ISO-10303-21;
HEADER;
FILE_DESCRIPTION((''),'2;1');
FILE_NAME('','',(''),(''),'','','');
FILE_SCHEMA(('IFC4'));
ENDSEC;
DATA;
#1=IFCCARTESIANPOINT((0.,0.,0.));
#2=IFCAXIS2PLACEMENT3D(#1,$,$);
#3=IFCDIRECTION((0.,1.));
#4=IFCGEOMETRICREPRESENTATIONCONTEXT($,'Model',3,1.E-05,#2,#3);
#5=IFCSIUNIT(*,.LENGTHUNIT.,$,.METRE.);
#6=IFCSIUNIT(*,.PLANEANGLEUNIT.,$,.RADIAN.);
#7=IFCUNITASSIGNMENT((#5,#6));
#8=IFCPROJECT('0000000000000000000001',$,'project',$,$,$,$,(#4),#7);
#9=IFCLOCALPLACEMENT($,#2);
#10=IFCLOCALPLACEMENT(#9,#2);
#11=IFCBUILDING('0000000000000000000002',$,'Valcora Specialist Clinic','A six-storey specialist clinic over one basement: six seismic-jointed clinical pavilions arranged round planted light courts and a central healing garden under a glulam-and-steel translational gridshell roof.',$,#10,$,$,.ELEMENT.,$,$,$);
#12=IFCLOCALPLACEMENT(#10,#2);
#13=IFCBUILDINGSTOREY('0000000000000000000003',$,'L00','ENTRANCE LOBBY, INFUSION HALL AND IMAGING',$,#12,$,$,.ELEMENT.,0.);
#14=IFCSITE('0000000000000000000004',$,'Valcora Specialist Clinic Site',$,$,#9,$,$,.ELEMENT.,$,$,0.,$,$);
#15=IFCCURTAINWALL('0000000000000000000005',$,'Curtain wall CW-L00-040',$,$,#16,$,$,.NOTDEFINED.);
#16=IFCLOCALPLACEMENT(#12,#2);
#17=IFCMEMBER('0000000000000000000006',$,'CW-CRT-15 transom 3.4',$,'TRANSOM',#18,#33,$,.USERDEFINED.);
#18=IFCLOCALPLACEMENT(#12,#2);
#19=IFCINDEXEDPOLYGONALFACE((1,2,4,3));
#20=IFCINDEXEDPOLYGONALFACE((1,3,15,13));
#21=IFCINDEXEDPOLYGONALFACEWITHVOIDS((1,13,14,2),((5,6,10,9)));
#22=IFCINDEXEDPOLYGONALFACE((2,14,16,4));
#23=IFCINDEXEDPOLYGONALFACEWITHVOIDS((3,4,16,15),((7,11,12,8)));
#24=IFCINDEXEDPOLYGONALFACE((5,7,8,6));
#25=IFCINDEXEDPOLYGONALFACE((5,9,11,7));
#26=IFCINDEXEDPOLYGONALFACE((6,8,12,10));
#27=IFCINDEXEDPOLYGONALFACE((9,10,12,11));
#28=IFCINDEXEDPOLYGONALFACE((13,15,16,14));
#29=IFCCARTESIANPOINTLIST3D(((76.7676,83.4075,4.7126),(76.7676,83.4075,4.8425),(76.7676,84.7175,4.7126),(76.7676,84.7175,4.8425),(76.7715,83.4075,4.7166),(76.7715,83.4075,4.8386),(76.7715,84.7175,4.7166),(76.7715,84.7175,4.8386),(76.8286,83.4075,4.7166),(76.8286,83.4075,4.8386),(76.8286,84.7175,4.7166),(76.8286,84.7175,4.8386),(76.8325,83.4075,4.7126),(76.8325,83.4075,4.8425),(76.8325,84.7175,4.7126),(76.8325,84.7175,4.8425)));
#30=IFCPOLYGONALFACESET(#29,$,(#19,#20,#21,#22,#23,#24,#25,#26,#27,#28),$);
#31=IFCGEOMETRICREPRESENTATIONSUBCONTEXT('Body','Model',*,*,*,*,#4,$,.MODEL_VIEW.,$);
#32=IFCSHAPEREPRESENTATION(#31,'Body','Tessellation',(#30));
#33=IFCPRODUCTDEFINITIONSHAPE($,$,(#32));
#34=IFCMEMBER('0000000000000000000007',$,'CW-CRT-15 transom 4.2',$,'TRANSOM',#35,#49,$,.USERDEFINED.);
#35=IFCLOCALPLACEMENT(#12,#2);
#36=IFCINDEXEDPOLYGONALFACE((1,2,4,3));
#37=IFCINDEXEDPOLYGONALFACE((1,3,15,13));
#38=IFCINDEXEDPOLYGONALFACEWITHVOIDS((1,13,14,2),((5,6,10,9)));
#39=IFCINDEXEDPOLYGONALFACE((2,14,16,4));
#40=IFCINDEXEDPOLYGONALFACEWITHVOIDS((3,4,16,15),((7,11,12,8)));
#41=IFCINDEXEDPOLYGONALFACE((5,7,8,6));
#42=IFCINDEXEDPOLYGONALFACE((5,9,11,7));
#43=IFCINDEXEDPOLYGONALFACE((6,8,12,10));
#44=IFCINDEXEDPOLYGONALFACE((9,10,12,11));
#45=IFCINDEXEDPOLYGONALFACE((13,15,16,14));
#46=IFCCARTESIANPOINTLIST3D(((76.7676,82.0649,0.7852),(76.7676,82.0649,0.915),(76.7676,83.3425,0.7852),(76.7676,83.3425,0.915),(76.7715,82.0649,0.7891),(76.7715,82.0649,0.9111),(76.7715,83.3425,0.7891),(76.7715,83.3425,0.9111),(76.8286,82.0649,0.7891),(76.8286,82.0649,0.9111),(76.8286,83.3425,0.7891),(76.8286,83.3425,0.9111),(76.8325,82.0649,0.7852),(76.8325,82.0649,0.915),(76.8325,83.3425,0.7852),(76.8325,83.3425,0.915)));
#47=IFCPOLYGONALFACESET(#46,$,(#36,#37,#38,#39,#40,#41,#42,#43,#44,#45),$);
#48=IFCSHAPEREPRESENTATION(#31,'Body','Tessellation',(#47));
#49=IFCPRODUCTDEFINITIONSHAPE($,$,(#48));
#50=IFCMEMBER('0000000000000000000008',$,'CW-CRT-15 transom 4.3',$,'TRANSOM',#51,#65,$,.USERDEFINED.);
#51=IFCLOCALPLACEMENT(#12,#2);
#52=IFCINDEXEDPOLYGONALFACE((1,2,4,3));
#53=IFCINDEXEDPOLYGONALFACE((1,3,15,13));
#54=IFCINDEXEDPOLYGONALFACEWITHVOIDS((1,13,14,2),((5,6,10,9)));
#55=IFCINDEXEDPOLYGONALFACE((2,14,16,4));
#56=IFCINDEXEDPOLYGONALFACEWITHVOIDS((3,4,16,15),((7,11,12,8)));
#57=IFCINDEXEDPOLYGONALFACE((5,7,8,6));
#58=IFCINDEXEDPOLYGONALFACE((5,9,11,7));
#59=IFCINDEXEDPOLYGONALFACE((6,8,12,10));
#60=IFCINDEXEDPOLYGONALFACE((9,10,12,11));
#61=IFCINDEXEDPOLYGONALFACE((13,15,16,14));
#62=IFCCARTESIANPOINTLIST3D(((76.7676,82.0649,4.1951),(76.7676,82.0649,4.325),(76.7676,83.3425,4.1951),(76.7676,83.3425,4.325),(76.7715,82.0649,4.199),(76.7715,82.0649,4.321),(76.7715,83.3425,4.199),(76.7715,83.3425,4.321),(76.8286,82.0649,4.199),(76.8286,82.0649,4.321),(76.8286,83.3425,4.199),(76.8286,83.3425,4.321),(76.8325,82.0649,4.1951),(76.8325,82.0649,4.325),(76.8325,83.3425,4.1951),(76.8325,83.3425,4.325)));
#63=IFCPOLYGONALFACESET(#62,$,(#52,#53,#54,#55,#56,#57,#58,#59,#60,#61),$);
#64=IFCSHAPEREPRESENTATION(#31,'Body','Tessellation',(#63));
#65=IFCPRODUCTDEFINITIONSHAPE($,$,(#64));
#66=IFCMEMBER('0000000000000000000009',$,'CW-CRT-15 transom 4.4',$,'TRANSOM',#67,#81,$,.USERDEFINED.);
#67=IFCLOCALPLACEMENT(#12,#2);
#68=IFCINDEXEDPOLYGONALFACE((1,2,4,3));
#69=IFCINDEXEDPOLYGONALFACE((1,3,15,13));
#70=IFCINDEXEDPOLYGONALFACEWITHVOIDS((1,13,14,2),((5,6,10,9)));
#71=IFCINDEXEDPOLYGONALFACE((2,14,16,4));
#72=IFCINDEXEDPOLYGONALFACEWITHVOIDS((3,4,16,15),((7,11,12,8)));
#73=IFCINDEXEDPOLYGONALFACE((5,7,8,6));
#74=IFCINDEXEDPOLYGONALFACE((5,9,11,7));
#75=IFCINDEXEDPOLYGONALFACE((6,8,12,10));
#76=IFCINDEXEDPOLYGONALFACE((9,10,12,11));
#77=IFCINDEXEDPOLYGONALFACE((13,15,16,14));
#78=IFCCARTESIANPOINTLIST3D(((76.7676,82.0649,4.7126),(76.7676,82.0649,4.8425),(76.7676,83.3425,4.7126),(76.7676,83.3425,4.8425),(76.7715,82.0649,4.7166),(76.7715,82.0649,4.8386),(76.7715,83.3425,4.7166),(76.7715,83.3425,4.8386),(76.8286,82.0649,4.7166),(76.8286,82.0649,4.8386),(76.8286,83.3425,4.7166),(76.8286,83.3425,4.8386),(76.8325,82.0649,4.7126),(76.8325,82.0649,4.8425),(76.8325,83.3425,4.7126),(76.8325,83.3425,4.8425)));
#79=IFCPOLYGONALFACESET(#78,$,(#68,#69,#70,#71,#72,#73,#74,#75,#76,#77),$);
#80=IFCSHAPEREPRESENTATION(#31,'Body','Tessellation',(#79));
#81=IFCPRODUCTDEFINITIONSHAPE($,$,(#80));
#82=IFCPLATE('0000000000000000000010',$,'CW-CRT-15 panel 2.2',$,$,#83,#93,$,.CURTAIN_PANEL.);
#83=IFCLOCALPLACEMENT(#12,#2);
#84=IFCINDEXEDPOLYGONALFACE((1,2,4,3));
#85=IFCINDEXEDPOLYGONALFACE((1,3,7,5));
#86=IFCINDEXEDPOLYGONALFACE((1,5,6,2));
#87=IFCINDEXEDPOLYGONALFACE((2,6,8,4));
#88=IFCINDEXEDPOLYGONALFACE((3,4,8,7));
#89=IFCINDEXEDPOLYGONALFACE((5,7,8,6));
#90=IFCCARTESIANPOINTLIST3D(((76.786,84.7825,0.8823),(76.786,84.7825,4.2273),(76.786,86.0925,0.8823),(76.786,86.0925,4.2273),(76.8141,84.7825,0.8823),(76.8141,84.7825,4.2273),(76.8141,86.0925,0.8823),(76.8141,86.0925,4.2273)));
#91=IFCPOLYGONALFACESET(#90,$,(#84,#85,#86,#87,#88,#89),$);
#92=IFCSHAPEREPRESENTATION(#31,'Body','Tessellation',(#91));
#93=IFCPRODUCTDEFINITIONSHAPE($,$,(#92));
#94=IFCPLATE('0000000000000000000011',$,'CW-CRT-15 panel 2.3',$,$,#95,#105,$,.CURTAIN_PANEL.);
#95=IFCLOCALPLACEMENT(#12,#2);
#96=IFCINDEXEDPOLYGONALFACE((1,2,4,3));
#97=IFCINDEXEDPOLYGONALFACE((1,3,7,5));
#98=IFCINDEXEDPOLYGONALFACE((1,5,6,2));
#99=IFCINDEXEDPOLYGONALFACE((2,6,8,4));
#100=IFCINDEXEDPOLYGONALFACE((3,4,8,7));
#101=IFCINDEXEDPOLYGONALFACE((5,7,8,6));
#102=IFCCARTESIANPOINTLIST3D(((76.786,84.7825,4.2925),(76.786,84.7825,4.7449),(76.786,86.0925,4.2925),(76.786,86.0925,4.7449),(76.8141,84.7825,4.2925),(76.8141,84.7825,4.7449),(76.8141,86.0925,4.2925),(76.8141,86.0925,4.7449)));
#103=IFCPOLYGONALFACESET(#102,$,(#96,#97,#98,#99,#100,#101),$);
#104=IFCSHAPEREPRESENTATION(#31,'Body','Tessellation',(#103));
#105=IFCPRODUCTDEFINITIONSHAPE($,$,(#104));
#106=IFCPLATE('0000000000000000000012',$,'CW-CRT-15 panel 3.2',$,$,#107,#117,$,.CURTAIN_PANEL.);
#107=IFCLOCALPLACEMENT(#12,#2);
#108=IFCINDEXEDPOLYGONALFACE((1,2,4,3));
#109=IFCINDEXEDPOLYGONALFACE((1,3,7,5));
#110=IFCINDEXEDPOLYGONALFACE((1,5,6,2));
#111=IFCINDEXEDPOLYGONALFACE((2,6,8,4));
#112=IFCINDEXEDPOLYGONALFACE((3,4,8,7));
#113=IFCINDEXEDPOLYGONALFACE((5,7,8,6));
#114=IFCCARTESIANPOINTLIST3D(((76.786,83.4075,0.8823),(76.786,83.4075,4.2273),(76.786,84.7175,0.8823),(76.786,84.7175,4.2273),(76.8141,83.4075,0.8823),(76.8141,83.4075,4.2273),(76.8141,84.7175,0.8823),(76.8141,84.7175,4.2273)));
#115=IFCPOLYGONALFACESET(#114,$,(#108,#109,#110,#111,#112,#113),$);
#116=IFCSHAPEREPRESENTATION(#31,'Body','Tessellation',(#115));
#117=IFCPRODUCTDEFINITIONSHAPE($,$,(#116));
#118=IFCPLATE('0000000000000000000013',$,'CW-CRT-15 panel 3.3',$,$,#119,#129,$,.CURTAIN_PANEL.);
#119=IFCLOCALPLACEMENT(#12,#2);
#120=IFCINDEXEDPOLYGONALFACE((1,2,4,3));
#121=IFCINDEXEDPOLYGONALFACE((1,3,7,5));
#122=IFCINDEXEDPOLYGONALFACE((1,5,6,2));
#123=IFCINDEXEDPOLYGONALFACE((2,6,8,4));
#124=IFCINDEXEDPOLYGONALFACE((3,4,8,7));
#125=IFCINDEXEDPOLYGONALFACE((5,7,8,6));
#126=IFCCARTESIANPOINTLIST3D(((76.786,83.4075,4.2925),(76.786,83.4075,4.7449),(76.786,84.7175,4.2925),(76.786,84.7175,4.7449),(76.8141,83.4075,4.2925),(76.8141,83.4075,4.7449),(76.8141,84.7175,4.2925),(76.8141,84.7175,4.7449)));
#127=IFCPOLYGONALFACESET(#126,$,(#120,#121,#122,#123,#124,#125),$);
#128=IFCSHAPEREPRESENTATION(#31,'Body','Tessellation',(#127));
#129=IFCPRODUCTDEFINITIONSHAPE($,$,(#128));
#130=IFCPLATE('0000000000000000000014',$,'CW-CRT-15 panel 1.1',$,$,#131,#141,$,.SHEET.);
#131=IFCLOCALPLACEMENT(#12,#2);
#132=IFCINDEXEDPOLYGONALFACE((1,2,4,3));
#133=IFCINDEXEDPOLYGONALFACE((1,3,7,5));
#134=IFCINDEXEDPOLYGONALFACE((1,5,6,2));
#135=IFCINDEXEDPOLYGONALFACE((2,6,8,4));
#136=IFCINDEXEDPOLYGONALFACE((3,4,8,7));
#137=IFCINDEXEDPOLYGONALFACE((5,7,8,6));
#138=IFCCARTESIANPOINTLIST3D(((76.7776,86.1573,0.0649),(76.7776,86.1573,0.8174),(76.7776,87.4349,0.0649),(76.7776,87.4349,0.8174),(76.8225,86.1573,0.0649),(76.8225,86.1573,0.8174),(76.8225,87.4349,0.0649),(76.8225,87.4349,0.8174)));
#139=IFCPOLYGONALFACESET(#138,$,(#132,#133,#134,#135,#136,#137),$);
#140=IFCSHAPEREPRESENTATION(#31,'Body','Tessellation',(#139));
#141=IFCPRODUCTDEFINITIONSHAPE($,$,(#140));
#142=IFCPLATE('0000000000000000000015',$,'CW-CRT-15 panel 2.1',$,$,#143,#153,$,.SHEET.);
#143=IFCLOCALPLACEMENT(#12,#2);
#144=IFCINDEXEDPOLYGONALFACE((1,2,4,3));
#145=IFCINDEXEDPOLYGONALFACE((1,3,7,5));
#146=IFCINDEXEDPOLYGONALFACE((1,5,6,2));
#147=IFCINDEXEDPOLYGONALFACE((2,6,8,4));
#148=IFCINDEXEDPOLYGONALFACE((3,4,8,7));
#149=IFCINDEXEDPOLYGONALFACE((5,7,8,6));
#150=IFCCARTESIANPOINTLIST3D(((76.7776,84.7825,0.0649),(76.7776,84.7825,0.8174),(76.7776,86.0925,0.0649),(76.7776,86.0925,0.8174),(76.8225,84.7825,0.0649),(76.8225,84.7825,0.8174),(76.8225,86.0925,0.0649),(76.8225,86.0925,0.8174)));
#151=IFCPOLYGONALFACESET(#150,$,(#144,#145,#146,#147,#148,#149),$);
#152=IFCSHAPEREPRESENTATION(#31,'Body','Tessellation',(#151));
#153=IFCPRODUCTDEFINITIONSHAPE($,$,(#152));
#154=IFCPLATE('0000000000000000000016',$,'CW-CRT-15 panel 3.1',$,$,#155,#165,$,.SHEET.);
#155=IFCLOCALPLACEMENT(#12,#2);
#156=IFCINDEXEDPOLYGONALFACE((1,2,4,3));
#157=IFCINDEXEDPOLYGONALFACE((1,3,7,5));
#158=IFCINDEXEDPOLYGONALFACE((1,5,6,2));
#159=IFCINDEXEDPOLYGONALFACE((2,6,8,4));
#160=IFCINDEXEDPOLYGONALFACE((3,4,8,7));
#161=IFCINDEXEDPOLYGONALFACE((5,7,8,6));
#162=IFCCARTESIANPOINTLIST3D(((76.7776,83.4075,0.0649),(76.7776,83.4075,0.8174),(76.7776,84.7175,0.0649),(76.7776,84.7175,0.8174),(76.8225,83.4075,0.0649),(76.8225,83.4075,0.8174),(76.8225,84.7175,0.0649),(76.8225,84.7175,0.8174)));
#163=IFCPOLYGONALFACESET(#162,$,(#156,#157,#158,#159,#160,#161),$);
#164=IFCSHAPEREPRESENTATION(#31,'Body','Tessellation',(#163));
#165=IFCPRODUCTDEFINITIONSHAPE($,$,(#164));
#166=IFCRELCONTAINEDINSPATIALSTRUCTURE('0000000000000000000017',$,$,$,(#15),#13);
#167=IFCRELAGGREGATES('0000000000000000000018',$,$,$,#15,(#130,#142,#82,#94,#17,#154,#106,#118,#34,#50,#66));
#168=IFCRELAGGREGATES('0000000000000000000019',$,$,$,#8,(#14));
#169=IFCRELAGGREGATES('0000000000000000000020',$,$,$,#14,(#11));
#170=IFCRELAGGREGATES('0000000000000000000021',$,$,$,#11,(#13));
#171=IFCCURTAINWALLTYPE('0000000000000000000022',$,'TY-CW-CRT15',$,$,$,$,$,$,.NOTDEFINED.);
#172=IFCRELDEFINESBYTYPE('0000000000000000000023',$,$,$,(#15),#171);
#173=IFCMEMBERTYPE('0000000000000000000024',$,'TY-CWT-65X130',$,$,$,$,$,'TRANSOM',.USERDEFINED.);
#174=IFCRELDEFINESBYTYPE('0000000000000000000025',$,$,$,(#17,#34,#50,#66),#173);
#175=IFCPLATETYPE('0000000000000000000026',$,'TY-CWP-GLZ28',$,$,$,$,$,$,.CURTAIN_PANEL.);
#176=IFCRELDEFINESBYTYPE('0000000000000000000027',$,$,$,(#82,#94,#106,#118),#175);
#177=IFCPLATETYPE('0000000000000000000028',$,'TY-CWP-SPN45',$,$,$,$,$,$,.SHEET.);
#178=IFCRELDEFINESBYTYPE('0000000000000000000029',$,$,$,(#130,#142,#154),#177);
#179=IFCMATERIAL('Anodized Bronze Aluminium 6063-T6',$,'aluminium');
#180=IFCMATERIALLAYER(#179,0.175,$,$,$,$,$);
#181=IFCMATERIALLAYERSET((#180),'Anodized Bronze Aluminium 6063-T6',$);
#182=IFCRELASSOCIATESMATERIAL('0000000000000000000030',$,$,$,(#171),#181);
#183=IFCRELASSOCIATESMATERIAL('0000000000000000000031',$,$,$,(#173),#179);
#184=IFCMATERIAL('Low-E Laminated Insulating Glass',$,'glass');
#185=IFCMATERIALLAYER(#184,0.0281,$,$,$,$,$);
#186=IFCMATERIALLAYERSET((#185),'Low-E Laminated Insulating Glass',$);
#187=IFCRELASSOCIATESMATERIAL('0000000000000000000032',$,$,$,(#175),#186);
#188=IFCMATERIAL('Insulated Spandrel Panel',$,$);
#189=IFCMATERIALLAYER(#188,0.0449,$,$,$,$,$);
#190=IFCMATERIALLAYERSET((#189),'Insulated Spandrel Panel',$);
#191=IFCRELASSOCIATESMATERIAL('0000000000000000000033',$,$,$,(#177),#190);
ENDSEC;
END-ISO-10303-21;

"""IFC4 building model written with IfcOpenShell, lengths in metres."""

from ifc_helpers import new_model, si_unit, direction, frame, origin, origin_2d, place, context, subcontext, project, spatial, rectangle, hollow_rectangle, extrude, material, layer, layer_set, material_profile, profile_set, type_object, element, aggregate, save


model = new_model("IFC4")

# Units and contexts
model_context = context("Model", 3, precision=1e-05, world=origin(), true_north=direction((0.0, 1.0)))
body_context = subcontext(model_context, "Body", "Model", "MODEL_VIEW")
ifc_project = project(units=[si_unit("LENGTHUNIT", "METRE"), si_unit("PLANEANGLEUNIT", "RADIAN")], contexts=[model_context])

# Site, building, storey
site_placement = place(None, origin())
site = spatial("IfcSite", under=ifc_project, at=site_placement, Name="Valcora Specialist Clinic Site", CompositionType="ELEMENT", RefElevation=0.0)
building_placement = place(site_placement, origin())
building = spatial("IfcBuilding", under=site, at=building_placement, Name="Valcora Specialist Clinic", Description="A six-storey specialist clinic over one basement: six seismic-jointed clinical pavilions arranged round planted light courts and a central healing garden under a glulam-and-steel translational gridshell roof.", CompositionType="ELEMENT")
storey_placement = place(building_placement, origin())
storey = spatial("IfcBuildingStorey", under=building, at=storey_placement, Name="L00", Description="ENTRANCE LOBBY, INFUSION HALL AND IMAGING", CompositionType="ELEMENT", Elevation=0.0)

# Shared definitions
ifc_material_1 = material(Name="Anodized Bronze Aluminium 6063-T6", Category="aluminium")
ifc_layer_1 = layer(ifc_material_1, 0.175)
ifc_layer_set_1 = layer_set([ifc_layer_1], Name="Anodized Bronze Aluminium 6063-T6")
curtain_wall_type = type_object("IfcCurtainWallType", Name="TY-CW-CRT15", PredefinedType="NOTDEFINED", material=ifc_layer_set_1)

# Curtain wall, members, plates
curtain_wall_1_placement = place(storey_placement, origin())
curtain_wall_1 = element("IfcCurtainWall", 1, at=curtain_wall_1_placement, inside=storey, type_object=curtain_wall_type, Name="Curtain wall CW-L00-040", PredefinedType="NOTDEFINED")
ifc_material_profile_1 = material_profile(ifc_material_1, hollow_rectangle(XDim=0.0649, YDim=0.1299, WallThickness=0.0039, at=origin_2d()), Name="AL-TRN-65X130")
ifc_profile_set_1 = profile_set([ifc_material_profile_1], Name="Anodized Bronze Aluminium 6063-T6")
member_type_1 = type_object("IfcMemberType", Name="TY-CWT-65X130", ElementType="TRANSOM", PredefinedType="USERDEFINED", material=ifc_profile_set_1)
member_1_placement = place(storey_placement, frame((76.8, 84.7175, 4.7776), z_axis=(0.0, -1.0, 0.0), x_axis=(1.0, 0.0, 0.0)))
member_1 = element("IfcMember", 2, at=member_1_placement, type_object=member_type_1, Name="CW-CRT-15 transom 3.4", ObjectType="TRANSOM", PredefinedType="USERDEFINED", context=body_context, shape_type="SweptSolid", body=[
    extrude(hollow_rectangle(XDim=0.0649, YDim=0.1299, WallThickness=0.0039, at=origin_2d()), origin(), (0.0, 0.0, 1.0), 1.3101),
])
member_2_placement = place(storey_placement, frame((76.8, 83.3425, 0.8501), z_axis=(0.0, -1.0, 0.0), x_axis=(1.0, 0.0, 0.0)))
member_2 = element("IfcMember", 3, at=member_2_placement, type_object=member_type_1, Name="CW-CRT-15 transom 4.2", ObjectType="TRANSOM", PredefinedType="USERDEFINED", context=body_context, shape_type="SweptSolid", body=[
    extrude(hollow_rectangle(XDim=0.0649, YDim=0.1299, WallThickness=0.0039, at=origin_2d()), origin(), (0.0, 0.0, 1.0), 1.2776),
])
member_3_placement = place(storey_placement, frame((76.8, 83.3425, 4.26), z_axis=(0.0, -1.0, 0.0), x_axis=(1.0, 0.0, 0.0)))
member_3 = element("IfcMember", 4, at=member_3_placement, type_object=member_type_1, Name="CW-CRT-15 transom 4.3", ObjectType="TRANSOM", PredefinedType="USERDEFINED", context=body_context, shape_type="SweptSolid", body=[
    extrude(hollow_rectangle(XDim=0.0649, YDim=0.1299, WallThickness=0.0039, at=origin_2d()), origin(), (0.0, 0.0, 1.0), 1.2776),
])
member_4_placement = place(storey_placement, frame((76.8, 83.3425, 4.7776), z_axis=(0.0, -1.0, 0.0), x_axis=(1.0, 0.0, 0.0)))
member_4 = element("IfcMember", 5, at=member_4_placement, type_object=member_type_1, Name="CW-CRT-15 transom 4.4", ObjectType="TRANSOM", PredefinedType="USERDEFINED", context=body_context, shape_type="SweptSolid", body=[
    extrude(hollow_rectangle(XDim=0.0649, YDim=0.1299, WallThickness=0.0039, at=origin_2d()), origin(), (0.0, 0.0, 1.0), 1.2776),
])
ifc_material_2 = material(Name="Low-E Laminated Insulating Glass", Category="glass")
ifc_layer_2 = layer(ifc_material_2, 0.0281)
ifc_layer_set_2 = layer_set([ifc_layer_2], Name="Low-E Laminated Insulating Glass")
plate_type_1 = type_object("IfcPlateType", Name="TY-CWP-GLZ28", PredefinedType="CURTAIN_PANEL", material=ifc_layer_set_2)
plate_1_placement = place(storey_placement, frame((76.8, 85.4375, 0.8823), z_axis=(0.0, 0.0, 1.0), x_axis=(0.0, -1.0, 0.0)))
plate_1 = element("IfcPlate", 6, at=plate_1_placement, type_object=plate_type_1, Name="CW-CRT-15 panel 2.2", PredefinedType="CURTAIN_PANEL", context=body_context, shape_type="SweptSolid", body=[
    extrude(rectangle(XDim=1.3101, YDim=0.0281, at=origin_2d()), origin(), (0.0, 0.0, 1.0), 3.345),
])
plate_2_placement = place(storey_placement, frame((76.8, 85.4375, 4.2925), z_axis=(0.0, 0.0, 1.0), x_axis=(0.0, -1.0, 0.0)))
plate_2 = element("IfcPlate", 7, at=plate_2_placement, type_object=plate_type_1, Name="CW-CRT-15 panel 2.3", PredefinedType="CURTAIN_PANEL", context=body_context, shape_type="SweptSolid", body=[
    extrude(rectangle(XDim=1.3101, YDim=0.0281, at=origin_2d()), origin(), (0.0, 0.0, 1.0), 0.4524),
])
plate_3_placement = place(storey_placement, frame((76.8, 84.0625, 0.8823), z_axis=(0.0, 0.0, 1.0), x_axis=(0.0, -1.0, 0.0)))
plate_3 = element("IfcPlate", 8, at=plate_3_placement, type_object=plate_type_1, Name="CW-CRT-15 panel 3.2", PredefinedType="CURTAIN_PANEL", context=body_context, shape_type="SweptSolid", body=[
    extrude(rectangle(XDim=1.3101, YDim=0.0281, at=origin_2d()), origin(), (0.0, 0.0, 1.0), 3.345),
])
plate_4_placement = place(storey_placement, frame((76.8, 84.0625, 4.2925), z_axis=(0.0, 0.0, 1.0), x_axis=(0.0, -1.0, 0.0)))
plate_4 = element("IfcPlate", 9, at=plate_4_placement, type_object=plate_type_1, Name="CW-CRT-15 panel 3.3", PredefinedType="CURTAIN_PANEL", context=body_context, shape_type="SweptSolid", body=[
    extrude(rectangle(XDim=1.3101, YDim=0.0281, at=origin_2d()), origin(), (0.0, 0.0, 1.0), 0.4524),
])
ifc_material_3 = material(Name="Insulated Spandrel Panel")
ifc_layer_3 = layer(ifc_material_3, 0.0449)
ifc_layer_set_3 = layer_set([ifc_layer_3], Name="Insulated Spandrel Panel")
plate_type_2 = type_object("IfcPlateType", Name="TY-CWP-SPN45", PredefinedType="SHEET", material=ifc_layer_set_3)
plate_5_placement = place(storey_placement, frame((76.8, 86.7961, 0.0649), z_axis=(0.0, 0.0, 1.0), x_axis=(0.0, -1.0, 0.0)))
plate_5 = element("IfcPlate", 10, at=plate_5_placement, type_object=plate_type_2, Name="CW-CRT-15 panel 1.1", PredefinedType="SHEET", context=body_context, shape_type="SweptSolid", body=[
    extrude(rectangle(XDim=1.2776, YDim=0.0449, at=origin_2d()), origin(), (0.0, 0.0, 1.0), 0.7524),
])
plate_6_placement = place(storey_placement, frame((76.8, 85.4375, 0.0649), z_axis=(0.0, 0.0, 1.0), x_axis=(0.0, -1.0, 0.0)))
plate_6 = element("IfcPlate", 11, at=plate_6_placement, type_object=plate_type_2, Name="CW-CRT-15 panel 2.1", PredefinedType="SHEET", context=body_context, shape_type="SweptSolid", body=[
    extrude(rectangle(XDim=1.3101, YDim=0.0449, at=origin_2d()), origin(), (0.0, 0.0, 1.0), 0.7524),
])
plate_7_placement = place(storey_placement, frame((76.8, 84.0625, 0.0649), z_axis=(0.0, 0.0, 1.0), x_axis=(0.0, -1.0, 0.0)))
plate_7 = element("IfcPlate", 12, at=plate_7_placement, type_object=plate_type_2, Name="CW-CRT-15 panel 3.1", PredefinedType="SHEET", context=body_context, shape_type="SweptSolid", body=[
    extrude(rectangle(XDim=1.3101, YDim=0.0449, at=origin_2d()), origin(), (0.0, 0.0, 1.0), 0.7524),
])
aggregate(curtain_wall_1, [plate_5, plate_6, plate_1, plate_2, member_1, plate_7, plate_3, plate_4, member_2, member_3, member_4])

save(model, "model.ifc")
